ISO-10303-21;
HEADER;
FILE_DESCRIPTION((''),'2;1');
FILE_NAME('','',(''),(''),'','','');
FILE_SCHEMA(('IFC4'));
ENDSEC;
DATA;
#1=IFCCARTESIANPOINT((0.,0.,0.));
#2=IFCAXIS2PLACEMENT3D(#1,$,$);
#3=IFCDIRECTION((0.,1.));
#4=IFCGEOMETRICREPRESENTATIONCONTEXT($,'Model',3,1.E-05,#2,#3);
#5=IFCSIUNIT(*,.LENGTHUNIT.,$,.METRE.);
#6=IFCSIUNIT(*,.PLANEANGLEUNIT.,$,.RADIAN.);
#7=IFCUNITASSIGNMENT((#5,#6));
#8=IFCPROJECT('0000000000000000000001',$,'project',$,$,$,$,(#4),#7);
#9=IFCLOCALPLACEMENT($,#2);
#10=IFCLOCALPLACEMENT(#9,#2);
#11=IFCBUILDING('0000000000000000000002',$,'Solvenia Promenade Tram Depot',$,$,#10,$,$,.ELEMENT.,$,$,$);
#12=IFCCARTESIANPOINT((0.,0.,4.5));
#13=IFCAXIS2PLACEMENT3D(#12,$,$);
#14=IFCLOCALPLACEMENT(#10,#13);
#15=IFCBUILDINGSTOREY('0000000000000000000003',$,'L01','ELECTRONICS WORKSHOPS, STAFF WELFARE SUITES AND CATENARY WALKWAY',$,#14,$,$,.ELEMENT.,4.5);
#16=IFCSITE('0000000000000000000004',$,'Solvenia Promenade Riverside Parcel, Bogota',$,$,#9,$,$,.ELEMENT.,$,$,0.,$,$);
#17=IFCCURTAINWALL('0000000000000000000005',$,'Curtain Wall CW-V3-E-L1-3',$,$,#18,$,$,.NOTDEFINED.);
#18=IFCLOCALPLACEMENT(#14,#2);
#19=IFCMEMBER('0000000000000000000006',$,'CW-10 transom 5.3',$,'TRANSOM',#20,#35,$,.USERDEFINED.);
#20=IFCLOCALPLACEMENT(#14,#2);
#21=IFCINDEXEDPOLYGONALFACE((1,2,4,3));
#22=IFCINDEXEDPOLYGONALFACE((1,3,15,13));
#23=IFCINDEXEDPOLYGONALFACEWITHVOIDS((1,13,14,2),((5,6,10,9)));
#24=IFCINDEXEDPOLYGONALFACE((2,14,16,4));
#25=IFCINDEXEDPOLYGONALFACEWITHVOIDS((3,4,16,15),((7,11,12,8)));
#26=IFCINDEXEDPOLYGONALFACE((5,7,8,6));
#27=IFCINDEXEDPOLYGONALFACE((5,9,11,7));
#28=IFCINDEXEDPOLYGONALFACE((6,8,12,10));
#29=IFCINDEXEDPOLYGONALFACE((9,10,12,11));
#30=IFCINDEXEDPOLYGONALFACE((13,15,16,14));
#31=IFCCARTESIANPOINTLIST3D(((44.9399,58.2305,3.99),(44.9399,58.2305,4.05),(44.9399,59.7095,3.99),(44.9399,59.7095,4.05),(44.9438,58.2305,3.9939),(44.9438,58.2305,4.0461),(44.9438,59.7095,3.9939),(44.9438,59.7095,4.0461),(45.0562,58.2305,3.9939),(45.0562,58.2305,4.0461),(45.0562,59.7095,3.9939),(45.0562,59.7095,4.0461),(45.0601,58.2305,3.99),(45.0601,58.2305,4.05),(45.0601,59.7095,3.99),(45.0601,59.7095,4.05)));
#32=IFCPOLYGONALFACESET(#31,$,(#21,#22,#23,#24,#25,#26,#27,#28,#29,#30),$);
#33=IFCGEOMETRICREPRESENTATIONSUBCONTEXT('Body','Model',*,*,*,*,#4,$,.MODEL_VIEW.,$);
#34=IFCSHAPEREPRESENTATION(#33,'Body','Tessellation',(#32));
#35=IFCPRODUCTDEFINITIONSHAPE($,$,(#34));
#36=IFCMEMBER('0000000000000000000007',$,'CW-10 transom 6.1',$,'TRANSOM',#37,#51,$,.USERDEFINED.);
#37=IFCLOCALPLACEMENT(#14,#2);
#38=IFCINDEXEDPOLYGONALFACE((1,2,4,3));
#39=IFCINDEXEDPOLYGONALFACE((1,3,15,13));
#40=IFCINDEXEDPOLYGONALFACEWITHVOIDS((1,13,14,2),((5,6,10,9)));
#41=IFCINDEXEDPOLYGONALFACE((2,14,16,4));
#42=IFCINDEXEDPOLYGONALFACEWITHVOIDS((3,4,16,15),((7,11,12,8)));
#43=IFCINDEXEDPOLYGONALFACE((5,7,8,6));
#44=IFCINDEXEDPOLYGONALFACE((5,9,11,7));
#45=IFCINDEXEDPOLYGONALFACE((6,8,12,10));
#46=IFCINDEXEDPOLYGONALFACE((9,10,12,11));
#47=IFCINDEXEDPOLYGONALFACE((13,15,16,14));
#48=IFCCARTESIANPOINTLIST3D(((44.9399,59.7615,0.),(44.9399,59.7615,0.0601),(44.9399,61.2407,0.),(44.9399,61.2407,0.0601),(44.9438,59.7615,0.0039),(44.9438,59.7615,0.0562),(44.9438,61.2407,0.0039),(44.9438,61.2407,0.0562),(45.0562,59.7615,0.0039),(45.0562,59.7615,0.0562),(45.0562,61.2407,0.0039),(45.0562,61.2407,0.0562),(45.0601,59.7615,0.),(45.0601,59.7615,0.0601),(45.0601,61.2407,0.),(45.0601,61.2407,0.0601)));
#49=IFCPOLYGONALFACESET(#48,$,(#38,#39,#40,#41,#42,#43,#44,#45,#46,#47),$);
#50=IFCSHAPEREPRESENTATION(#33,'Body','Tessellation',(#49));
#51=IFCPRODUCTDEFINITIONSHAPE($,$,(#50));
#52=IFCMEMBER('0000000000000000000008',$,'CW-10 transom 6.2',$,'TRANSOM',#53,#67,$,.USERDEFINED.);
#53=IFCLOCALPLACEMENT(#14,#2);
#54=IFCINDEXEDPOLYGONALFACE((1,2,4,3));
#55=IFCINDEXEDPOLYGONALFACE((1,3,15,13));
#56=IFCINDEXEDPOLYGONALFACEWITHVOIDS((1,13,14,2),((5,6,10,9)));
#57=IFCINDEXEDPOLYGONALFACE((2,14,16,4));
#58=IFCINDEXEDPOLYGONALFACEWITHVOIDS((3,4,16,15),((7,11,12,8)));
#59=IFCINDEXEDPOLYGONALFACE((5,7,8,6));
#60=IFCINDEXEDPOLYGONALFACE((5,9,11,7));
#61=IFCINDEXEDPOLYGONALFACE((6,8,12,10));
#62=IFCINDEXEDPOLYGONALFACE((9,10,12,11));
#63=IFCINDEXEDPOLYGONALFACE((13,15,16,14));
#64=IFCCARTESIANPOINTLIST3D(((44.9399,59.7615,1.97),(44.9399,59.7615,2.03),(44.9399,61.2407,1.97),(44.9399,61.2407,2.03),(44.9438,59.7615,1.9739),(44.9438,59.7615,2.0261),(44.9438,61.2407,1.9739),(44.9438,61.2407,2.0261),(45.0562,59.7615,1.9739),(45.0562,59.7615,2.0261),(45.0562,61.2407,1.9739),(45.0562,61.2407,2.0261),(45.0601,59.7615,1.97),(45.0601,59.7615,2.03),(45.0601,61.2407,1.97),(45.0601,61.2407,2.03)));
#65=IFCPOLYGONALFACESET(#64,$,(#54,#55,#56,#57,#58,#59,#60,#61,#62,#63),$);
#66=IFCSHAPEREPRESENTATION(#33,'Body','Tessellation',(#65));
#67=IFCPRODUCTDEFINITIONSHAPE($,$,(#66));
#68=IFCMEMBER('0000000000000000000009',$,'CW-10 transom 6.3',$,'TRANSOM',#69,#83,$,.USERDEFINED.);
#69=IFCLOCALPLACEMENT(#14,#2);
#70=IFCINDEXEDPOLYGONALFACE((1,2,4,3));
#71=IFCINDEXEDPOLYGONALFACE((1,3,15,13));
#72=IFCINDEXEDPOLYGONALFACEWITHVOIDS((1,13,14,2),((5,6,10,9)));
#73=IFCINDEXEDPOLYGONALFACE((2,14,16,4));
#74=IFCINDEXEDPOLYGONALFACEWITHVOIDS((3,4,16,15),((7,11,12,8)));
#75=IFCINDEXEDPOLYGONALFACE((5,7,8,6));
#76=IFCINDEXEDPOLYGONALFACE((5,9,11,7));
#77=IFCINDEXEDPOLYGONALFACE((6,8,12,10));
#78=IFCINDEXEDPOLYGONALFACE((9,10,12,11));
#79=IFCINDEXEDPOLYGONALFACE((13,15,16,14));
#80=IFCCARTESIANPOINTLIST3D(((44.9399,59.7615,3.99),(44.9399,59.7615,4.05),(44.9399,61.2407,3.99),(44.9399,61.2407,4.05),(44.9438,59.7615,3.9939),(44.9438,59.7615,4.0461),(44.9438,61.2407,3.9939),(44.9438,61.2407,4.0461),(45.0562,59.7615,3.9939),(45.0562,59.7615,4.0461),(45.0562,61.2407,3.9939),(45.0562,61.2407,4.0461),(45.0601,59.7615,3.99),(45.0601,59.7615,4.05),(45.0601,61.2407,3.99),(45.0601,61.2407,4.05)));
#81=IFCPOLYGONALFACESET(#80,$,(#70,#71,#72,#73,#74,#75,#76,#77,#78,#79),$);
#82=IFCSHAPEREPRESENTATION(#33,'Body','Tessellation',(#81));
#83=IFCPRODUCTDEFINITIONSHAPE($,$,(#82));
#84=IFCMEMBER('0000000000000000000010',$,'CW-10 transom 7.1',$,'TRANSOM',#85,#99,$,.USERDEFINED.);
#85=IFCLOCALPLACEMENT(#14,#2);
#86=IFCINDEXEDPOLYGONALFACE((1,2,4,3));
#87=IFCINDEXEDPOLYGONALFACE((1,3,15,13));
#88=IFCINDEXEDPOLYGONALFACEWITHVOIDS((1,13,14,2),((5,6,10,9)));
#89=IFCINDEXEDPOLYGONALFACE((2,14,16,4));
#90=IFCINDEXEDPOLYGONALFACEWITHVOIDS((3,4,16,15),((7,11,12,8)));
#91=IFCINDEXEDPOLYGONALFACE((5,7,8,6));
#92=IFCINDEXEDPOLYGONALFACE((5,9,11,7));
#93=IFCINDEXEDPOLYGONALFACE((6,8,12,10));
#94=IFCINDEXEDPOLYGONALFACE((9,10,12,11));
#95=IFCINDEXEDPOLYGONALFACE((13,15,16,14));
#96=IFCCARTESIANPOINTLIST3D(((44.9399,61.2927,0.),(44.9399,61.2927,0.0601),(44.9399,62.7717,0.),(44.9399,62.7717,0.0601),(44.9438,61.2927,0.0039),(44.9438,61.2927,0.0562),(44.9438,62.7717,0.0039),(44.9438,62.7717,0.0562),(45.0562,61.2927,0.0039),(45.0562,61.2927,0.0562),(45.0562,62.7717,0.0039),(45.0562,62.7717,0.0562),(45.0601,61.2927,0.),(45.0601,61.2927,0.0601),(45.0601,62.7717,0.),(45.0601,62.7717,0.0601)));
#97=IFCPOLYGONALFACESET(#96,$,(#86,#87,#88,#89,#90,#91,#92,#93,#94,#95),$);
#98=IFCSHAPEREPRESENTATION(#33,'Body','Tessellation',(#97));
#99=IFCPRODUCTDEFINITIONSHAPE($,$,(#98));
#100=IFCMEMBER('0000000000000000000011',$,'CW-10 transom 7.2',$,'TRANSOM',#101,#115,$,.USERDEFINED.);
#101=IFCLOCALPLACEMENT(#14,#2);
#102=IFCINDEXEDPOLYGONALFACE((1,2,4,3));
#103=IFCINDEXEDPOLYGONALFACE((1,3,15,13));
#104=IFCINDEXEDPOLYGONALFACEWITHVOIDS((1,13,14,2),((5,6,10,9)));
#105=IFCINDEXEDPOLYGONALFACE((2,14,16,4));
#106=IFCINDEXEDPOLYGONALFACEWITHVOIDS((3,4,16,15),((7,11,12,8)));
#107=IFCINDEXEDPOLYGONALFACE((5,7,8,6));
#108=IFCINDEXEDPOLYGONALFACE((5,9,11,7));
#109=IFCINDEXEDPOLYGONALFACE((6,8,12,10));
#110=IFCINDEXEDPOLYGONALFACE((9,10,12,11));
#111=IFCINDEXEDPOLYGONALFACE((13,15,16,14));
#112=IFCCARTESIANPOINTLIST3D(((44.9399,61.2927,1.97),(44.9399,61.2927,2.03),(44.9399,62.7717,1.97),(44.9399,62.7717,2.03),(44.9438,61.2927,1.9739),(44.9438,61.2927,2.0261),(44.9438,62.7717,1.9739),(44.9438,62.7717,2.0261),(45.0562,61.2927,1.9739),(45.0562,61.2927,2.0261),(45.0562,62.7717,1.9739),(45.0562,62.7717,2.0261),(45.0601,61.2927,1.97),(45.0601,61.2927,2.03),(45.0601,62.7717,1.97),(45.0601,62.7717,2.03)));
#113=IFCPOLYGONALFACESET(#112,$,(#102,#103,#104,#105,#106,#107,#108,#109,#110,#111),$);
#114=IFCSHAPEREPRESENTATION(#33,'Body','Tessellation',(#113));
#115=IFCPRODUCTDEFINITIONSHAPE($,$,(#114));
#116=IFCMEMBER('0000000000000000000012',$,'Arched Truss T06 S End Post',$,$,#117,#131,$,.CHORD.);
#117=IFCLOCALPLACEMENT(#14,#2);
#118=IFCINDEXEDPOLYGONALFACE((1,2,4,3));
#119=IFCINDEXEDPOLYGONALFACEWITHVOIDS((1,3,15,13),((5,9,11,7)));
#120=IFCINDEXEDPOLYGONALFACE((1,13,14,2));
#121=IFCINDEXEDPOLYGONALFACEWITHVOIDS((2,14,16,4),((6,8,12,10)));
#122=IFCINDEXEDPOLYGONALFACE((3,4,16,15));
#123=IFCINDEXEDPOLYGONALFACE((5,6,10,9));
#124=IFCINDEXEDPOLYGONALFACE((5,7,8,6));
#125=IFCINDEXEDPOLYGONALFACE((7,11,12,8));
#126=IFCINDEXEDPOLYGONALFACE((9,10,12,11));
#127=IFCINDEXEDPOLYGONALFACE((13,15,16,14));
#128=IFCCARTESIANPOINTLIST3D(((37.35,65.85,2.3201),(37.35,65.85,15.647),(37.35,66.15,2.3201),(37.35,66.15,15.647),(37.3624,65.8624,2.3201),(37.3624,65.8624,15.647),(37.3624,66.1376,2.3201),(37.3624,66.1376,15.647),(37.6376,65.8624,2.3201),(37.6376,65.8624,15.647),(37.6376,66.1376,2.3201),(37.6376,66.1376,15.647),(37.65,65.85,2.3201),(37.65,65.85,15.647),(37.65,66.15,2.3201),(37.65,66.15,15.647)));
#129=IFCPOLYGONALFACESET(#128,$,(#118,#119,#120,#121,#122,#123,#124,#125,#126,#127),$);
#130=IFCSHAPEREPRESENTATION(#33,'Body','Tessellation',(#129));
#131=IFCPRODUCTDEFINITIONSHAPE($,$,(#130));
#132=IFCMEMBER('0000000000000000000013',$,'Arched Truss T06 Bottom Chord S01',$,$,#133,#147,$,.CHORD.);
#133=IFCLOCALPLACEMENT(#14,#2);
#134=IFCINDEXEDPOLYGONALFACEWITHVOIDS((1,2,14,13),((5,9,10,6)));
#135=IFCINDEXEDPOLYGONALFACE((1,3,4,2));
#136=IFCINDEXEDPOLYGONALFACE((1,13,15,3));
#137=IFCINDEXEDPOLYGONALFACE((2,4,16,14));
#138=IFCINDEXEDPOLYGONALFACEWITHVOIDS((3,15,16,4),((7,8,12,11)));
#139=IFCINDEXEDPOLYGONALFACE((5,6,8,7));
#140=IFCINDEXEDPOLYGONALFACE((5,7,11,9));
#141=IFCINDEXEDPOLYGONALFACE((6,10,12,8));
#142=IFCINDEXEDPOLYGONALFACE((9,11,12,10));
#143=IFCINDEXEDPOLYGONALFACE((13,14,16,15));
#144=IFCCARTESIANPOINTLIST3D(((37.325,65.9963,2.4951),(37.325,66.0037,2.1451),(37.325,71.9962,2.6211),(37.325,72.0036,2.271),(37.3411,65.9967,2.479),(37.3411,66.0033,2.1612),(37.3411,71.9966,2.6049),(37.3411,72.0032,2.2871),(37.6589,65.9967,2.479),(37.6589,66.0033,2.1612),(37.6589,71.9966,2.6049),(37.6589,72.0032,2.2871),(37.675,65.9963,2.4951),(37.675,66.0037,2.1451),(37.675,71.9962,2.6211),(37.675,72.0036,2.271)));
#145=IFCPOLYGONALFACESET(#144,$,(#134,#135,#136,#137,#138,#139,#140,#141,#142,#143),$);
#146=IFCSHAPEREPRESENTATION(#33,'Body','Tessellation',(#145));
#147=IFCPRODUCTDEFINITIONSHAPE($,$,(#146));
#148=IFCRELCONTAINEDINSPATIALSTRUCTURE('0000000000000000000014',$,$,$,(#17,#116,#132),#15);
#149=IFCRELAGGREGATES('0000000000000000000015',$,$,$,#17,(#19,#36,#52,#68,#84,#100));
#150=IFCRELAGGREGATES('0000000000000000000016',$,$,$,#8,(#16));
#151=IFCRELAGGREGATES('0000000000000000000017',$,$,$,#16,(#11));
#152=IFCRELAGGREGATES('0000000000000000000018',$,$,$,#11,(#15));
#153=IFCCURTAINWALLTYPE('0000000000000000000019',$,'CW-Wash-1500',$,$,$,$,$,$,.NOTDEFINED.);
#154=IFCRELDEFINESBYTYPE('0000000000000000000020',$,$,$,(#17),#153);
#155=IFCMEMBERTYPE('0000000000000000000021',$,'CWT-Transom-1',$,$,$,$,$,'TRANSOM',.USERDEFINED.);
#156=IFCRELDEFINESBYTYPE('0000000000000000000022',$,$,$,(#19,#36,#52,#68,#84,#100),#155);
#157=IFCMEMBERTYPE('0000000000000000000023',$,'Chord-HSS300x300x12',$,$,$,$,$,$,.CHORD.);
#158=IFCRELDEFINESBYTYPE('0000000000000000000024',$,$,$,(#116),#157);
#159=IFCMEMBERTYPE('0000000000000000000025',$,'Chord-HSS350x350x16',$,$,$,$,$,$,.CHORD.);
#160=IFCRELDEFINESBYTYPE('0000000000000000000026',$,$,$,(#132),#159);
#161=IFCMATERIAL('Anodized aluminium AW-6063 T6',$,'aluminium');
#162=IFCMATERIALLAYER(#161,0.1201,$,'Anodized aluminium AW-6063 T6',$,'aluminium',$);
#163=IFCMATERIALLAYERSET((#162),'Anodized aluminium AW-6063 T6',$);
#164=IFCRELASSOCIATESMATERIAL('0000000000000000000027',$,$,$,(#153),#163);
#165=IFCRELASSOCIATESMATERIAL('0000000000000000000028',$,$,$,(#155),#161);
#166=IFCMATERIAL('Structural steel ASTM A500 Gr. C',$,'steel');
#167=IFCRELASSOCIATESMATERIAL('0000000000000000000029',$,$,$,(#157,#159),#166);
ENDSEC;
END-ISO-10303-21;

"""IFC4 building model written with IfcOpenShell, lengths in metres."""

from ifc_helpers import new_model, si_unit, direction, frame, origin, origin_2d, place, context, subcontext, project, spatial, hollow_rectangle, extrude, material, layer, layer_set, material_profile, profile_set, type_object, element, aggregate, save


model = new_model("IFC4")

# Units and contexts
model_context = context("Model", 3, precision=1e-05, world=origin(), true_north=direction((0.0, 1.0)))
body_context = subcontext(model_context, "Body", "Model", "MODEL_VIEW")
ifc_project = project(units=[si_unit("LENGTHUNIT", "METRE"), si_unit("PLANEANGLEUNIT", "RADIAN")], contexts=[model_context])

# Site, building, storey
site_placement = place(None, origin())
site = spatial("IfcSite", under=ifc_project, at=site_placement, Name="Solvenia Promenade Riverside Parcel, Bogota", CompositionType="ELEMENT", RefElevation=0.0)
building_placement = place(site_placement, origin())
building = spatial("IfcBuilding", under=site, at=building_placement, Name="Solvenia Promenade Tram Depot", CompositionType="ELEMENT")
storey_placement = place(building_placement, frame((0.0, 0.0, 4.5)))
storey = spatial("IfcBuildingStorey", under=building, at=storey_placement, Name="L01", Description="ELECTRONICS WORKSHOPS, STAFF WELFARE SUITES AND CATENARY WALKWAY", CompositionType="ELEMENT", Elevation=4.5)

# Shared definitions
ifc_material_1 = material(Name="Structural steel ASTM A500 Gr. C", Category="steel")

# Curtain wall, members
ifc_material_2 = material(Name="Anodized aluminium AW-6063 T6", Category="aluminium")
ifc_layer_1 = layer(ifc_material_2, 0.1201, Name="Anodized aluminium AW-6063 T6", Category="aluminium")
ifc_layer_set_1 = layer_set([ifc_layer_1], Name="Anodized aluminium AW-6063 T6")
curtain_wall_type = type_object("IfcCurtainWallType", Name="CW-Wash-1500", PredefinedType="NOTDEFINED", material=ifc_layer_set_1)
curtain_wall_placement = place(storey_placement, origin())
curtain_wall = element("IfcCurtainWall", 1, at=curtain_wall_placement, inside=storey, type_object=curtain_wall_type, Name="Curtain Wall CW-V3-E-L1-3", PredefinedType="NOTDEFINED")
ifc_material_profile_1 = material_profile(ifc_material_2, hollow_rectangle(XDim=0.1201, YDim=0.0601, WallThickness=0.0039, at=origin_2d()), Name="ALU-T1", Category="aluminium")
ifc_profile_set_1 = profile_set([ifc_material_profile_1], Name="Anodized aluminium AW-6063 T6")
member_type_1 = type_object("IfcMemberType", Name="CWT-Transom-1", ElementType="TRANSOM", PredefinedType="USERDEFINED", material=ifc_profile_set_1)
member_1_placement = place(storey_placement, frame((45.0, 58.2305, 4.02), z_axis=(0.0, 1.0, 0.0), x_axis=(-1.0, 0.0, 0.0)))
member_1 = element("IfcMember", 2, at=member_1_placement, type_object=member_type_1, Name="CW-10 transom 5.3", ObjectType="TRANSOM", PredefinedType="USERDEFINED", context=body_context, shape_type="SweptSolid", body=[
    extrude(hollow_rectangle(XDim=0.1201, YDim=0.0601, WallThickness=0.0039, at=origin_2d()), origin(), (0.0, 0.0, 1.0), 1.479),
])
member_2_placement = place(storey_placement, frame((45.0, 59.7615, 0.03), z_axis=(0.0, 1.0, 0.0), x_axis=(-1.0, 0.0, 0.0)))
member_2 = element("IfcMember", 3, at=member_2_placement, type_object=member_type_1, Name="CW-10 transom 6.1", ObjectType="TRANSOM", PredefinedType="USERDEFINED", context=body_context, shape_type="SweptSolid", body=[
    extrude(hollow_rectangle(XDim=0.1201, YDim=0.0601, WallThickness=0.0039, at=origin_2d()), origin(), (0.0, 0.0, 1.0), 1.4792),
])
member_3_placement = place(storey_placement, frame((45.0, 59.7615, 2.0), z_axis=(0.0, 1.0, 0.0), x_axis=(-1.0, 0.0, 0.0)))
member_3 = element("IfcMember", 4, at=member_3_placement, type_object=member_type_1, Name="CW-10 transom 6.2", ObjectType="TRANSOM", PredefinedType="USERDEFINED", context=body_context, shape_type="SweptSolid", body=[
    extrude(hollow_rectangle(XDim=0.1201, YDim=0.0601, WallThickness=0.0039, at=origin_2d()), origin(), (0.0, 0.0, 1.0), 1.4792),
])
member_4_placement = place(storey_placement, frame((45.0, 59.7615, 4.02), z_axis=(0.0, 1.0, 0.0), x_axis=(-1.0, 0.0, 0.0)))
member_4 = element("IfcMember", 5, at=member_4_placement, type_object=member_type_1, Name="CW-10 transom 6.3", ObjectType="TRANSOM", PredefinedType="USERDEFINED", context=body_context, shape_type="SweptSolid", body=[
    extrude(hollow_rectangle(XDim=0.1201, YDim=0.0601, WallThickness=0.0039, at=origin_2d()), origin(), (0.0, 0.0, 1.0), 1.4792),
])
member_5_placement = place(storey_placement, frame((45.0, 61.2927, 0.03), z_axis=(0.0, 1.0, 0.0), x_axis=(-1.0, 0.0, 0.0)))
member_5 = element("IfcMember", 6, at=member_5_placement, type_object=member_type_1, Name="CW-10 transom 7.1", ObjectType="TRANSOM", PredefinedType="USERDEFINED", context=body_context, shape_type="SweptSolid", body=[
    extrude(hollow_rectangle(XDim=0.1201, YDim=0.0601, WallThickness=0.0039, at=origin_2d()), origin(), (0.0, 0.0, 1.0), 1.479),
])
member_6_placement = place(storey_placement, frame((45.0, 61.2927, 2.0), z_axis=(0.0, 1.0, 0.0), x_axis=(-1.0, 0.0, 0.0)))
member_6 = element("IfcMember", 7, at=member_6_placement, type_object=member_type_1, Name="CW-10 transom 7.2", ObjectType="TRANSOM", PredefinedType="USERDEFINED", context=body_context, shape_type="SweptSolid", body=[
    extrude(hollow_rectangle(XDim=0.1201, YDim=0.0601, WallThickness=0.0039, at=origin_2d()), origin(), (0.0, 0.0, 1.0), 1.479),
])

# Members
ifc_material_profile_2 = material_profile(ifc_material_1, hollow_rectangle(XDim=0.3, YDim=0.3, WallThickness=0.0125, at=origin_2d()), Name="HSS300x300x12.5", Category="steel")
ifc_profile_set_2 = profile_set([ifc_material_profile_2], Name="Structural steel ASTM A500 Gr. C")
member_type_2 = type_object("IfcMemberType", Name="Chord-HSS300x300x12", PredefinedType="CHORD", material=ifc_profile_set_2)
member_7_placement = place(storey_placement, frame((37.5, 66.0, 2.3201), z_axis=(0.0, 0.0, 1.0), x_axis=(1.0, 0.0, 0.0)))
element("IfcMember", 8, at=member_7_placement, inside=storey, type_object=member_type_2, Name="Arched Truss T06 S End Post", PredefinedType="CHORD", context=body_context, shape_type="SweptSolid", body=[
    extrude(hollow_rectangle(XDim=0.3, YDim=0.3, WallThickness=0.0125, at=origin_2d()), origin(), (0.0, 0.0, 1.0), 13.3269),
])
ifc_material_profile_3 = material_profile(ifc_material_1, hollow_rectangle(XDim=0.3501, YDim=0.3501, WallThickness=0.0161, at=origin_2d()), Name="HSS350x350x16", Category="steel")
ifc_profile_set_3 = profile_set([ifc_material_profile_3], Name="Structural steel ASTM A500 Gr. C")
member_type_3 = type_object("IfcMemberType", Name="Chord-HSS350x350x16", PredefinedType="CHORD", material=ifc_profile_set_3)
member_8_placement = place(storey_placement, frame((37.5, 66.0, 2.3201), z_axis=(0.0, 0.99978, 0.020991), x_axis=(-1.0, 0.0, 0.0)))
element("IfcMember", 9, at=member_8_placement, inside=storey, type_object=member_type_3, Name="Arched Truss T06 Bottom Chord S01", PredefinedType="CHORD", context=body_context, shape_type="SweptSolid", body=[
    extrude(hollow_rectangle(XDim=0.3501, YDim=0.3501, WallThickness=0.0161, at=origin_2d()), origin(), (0.0, 0.0, 1.0), 6.0012),
])

aggregate(curtain_wall, [member_1, member_2, member_3, member_4, member_5, member_6])

save(model, "model.ifc")
